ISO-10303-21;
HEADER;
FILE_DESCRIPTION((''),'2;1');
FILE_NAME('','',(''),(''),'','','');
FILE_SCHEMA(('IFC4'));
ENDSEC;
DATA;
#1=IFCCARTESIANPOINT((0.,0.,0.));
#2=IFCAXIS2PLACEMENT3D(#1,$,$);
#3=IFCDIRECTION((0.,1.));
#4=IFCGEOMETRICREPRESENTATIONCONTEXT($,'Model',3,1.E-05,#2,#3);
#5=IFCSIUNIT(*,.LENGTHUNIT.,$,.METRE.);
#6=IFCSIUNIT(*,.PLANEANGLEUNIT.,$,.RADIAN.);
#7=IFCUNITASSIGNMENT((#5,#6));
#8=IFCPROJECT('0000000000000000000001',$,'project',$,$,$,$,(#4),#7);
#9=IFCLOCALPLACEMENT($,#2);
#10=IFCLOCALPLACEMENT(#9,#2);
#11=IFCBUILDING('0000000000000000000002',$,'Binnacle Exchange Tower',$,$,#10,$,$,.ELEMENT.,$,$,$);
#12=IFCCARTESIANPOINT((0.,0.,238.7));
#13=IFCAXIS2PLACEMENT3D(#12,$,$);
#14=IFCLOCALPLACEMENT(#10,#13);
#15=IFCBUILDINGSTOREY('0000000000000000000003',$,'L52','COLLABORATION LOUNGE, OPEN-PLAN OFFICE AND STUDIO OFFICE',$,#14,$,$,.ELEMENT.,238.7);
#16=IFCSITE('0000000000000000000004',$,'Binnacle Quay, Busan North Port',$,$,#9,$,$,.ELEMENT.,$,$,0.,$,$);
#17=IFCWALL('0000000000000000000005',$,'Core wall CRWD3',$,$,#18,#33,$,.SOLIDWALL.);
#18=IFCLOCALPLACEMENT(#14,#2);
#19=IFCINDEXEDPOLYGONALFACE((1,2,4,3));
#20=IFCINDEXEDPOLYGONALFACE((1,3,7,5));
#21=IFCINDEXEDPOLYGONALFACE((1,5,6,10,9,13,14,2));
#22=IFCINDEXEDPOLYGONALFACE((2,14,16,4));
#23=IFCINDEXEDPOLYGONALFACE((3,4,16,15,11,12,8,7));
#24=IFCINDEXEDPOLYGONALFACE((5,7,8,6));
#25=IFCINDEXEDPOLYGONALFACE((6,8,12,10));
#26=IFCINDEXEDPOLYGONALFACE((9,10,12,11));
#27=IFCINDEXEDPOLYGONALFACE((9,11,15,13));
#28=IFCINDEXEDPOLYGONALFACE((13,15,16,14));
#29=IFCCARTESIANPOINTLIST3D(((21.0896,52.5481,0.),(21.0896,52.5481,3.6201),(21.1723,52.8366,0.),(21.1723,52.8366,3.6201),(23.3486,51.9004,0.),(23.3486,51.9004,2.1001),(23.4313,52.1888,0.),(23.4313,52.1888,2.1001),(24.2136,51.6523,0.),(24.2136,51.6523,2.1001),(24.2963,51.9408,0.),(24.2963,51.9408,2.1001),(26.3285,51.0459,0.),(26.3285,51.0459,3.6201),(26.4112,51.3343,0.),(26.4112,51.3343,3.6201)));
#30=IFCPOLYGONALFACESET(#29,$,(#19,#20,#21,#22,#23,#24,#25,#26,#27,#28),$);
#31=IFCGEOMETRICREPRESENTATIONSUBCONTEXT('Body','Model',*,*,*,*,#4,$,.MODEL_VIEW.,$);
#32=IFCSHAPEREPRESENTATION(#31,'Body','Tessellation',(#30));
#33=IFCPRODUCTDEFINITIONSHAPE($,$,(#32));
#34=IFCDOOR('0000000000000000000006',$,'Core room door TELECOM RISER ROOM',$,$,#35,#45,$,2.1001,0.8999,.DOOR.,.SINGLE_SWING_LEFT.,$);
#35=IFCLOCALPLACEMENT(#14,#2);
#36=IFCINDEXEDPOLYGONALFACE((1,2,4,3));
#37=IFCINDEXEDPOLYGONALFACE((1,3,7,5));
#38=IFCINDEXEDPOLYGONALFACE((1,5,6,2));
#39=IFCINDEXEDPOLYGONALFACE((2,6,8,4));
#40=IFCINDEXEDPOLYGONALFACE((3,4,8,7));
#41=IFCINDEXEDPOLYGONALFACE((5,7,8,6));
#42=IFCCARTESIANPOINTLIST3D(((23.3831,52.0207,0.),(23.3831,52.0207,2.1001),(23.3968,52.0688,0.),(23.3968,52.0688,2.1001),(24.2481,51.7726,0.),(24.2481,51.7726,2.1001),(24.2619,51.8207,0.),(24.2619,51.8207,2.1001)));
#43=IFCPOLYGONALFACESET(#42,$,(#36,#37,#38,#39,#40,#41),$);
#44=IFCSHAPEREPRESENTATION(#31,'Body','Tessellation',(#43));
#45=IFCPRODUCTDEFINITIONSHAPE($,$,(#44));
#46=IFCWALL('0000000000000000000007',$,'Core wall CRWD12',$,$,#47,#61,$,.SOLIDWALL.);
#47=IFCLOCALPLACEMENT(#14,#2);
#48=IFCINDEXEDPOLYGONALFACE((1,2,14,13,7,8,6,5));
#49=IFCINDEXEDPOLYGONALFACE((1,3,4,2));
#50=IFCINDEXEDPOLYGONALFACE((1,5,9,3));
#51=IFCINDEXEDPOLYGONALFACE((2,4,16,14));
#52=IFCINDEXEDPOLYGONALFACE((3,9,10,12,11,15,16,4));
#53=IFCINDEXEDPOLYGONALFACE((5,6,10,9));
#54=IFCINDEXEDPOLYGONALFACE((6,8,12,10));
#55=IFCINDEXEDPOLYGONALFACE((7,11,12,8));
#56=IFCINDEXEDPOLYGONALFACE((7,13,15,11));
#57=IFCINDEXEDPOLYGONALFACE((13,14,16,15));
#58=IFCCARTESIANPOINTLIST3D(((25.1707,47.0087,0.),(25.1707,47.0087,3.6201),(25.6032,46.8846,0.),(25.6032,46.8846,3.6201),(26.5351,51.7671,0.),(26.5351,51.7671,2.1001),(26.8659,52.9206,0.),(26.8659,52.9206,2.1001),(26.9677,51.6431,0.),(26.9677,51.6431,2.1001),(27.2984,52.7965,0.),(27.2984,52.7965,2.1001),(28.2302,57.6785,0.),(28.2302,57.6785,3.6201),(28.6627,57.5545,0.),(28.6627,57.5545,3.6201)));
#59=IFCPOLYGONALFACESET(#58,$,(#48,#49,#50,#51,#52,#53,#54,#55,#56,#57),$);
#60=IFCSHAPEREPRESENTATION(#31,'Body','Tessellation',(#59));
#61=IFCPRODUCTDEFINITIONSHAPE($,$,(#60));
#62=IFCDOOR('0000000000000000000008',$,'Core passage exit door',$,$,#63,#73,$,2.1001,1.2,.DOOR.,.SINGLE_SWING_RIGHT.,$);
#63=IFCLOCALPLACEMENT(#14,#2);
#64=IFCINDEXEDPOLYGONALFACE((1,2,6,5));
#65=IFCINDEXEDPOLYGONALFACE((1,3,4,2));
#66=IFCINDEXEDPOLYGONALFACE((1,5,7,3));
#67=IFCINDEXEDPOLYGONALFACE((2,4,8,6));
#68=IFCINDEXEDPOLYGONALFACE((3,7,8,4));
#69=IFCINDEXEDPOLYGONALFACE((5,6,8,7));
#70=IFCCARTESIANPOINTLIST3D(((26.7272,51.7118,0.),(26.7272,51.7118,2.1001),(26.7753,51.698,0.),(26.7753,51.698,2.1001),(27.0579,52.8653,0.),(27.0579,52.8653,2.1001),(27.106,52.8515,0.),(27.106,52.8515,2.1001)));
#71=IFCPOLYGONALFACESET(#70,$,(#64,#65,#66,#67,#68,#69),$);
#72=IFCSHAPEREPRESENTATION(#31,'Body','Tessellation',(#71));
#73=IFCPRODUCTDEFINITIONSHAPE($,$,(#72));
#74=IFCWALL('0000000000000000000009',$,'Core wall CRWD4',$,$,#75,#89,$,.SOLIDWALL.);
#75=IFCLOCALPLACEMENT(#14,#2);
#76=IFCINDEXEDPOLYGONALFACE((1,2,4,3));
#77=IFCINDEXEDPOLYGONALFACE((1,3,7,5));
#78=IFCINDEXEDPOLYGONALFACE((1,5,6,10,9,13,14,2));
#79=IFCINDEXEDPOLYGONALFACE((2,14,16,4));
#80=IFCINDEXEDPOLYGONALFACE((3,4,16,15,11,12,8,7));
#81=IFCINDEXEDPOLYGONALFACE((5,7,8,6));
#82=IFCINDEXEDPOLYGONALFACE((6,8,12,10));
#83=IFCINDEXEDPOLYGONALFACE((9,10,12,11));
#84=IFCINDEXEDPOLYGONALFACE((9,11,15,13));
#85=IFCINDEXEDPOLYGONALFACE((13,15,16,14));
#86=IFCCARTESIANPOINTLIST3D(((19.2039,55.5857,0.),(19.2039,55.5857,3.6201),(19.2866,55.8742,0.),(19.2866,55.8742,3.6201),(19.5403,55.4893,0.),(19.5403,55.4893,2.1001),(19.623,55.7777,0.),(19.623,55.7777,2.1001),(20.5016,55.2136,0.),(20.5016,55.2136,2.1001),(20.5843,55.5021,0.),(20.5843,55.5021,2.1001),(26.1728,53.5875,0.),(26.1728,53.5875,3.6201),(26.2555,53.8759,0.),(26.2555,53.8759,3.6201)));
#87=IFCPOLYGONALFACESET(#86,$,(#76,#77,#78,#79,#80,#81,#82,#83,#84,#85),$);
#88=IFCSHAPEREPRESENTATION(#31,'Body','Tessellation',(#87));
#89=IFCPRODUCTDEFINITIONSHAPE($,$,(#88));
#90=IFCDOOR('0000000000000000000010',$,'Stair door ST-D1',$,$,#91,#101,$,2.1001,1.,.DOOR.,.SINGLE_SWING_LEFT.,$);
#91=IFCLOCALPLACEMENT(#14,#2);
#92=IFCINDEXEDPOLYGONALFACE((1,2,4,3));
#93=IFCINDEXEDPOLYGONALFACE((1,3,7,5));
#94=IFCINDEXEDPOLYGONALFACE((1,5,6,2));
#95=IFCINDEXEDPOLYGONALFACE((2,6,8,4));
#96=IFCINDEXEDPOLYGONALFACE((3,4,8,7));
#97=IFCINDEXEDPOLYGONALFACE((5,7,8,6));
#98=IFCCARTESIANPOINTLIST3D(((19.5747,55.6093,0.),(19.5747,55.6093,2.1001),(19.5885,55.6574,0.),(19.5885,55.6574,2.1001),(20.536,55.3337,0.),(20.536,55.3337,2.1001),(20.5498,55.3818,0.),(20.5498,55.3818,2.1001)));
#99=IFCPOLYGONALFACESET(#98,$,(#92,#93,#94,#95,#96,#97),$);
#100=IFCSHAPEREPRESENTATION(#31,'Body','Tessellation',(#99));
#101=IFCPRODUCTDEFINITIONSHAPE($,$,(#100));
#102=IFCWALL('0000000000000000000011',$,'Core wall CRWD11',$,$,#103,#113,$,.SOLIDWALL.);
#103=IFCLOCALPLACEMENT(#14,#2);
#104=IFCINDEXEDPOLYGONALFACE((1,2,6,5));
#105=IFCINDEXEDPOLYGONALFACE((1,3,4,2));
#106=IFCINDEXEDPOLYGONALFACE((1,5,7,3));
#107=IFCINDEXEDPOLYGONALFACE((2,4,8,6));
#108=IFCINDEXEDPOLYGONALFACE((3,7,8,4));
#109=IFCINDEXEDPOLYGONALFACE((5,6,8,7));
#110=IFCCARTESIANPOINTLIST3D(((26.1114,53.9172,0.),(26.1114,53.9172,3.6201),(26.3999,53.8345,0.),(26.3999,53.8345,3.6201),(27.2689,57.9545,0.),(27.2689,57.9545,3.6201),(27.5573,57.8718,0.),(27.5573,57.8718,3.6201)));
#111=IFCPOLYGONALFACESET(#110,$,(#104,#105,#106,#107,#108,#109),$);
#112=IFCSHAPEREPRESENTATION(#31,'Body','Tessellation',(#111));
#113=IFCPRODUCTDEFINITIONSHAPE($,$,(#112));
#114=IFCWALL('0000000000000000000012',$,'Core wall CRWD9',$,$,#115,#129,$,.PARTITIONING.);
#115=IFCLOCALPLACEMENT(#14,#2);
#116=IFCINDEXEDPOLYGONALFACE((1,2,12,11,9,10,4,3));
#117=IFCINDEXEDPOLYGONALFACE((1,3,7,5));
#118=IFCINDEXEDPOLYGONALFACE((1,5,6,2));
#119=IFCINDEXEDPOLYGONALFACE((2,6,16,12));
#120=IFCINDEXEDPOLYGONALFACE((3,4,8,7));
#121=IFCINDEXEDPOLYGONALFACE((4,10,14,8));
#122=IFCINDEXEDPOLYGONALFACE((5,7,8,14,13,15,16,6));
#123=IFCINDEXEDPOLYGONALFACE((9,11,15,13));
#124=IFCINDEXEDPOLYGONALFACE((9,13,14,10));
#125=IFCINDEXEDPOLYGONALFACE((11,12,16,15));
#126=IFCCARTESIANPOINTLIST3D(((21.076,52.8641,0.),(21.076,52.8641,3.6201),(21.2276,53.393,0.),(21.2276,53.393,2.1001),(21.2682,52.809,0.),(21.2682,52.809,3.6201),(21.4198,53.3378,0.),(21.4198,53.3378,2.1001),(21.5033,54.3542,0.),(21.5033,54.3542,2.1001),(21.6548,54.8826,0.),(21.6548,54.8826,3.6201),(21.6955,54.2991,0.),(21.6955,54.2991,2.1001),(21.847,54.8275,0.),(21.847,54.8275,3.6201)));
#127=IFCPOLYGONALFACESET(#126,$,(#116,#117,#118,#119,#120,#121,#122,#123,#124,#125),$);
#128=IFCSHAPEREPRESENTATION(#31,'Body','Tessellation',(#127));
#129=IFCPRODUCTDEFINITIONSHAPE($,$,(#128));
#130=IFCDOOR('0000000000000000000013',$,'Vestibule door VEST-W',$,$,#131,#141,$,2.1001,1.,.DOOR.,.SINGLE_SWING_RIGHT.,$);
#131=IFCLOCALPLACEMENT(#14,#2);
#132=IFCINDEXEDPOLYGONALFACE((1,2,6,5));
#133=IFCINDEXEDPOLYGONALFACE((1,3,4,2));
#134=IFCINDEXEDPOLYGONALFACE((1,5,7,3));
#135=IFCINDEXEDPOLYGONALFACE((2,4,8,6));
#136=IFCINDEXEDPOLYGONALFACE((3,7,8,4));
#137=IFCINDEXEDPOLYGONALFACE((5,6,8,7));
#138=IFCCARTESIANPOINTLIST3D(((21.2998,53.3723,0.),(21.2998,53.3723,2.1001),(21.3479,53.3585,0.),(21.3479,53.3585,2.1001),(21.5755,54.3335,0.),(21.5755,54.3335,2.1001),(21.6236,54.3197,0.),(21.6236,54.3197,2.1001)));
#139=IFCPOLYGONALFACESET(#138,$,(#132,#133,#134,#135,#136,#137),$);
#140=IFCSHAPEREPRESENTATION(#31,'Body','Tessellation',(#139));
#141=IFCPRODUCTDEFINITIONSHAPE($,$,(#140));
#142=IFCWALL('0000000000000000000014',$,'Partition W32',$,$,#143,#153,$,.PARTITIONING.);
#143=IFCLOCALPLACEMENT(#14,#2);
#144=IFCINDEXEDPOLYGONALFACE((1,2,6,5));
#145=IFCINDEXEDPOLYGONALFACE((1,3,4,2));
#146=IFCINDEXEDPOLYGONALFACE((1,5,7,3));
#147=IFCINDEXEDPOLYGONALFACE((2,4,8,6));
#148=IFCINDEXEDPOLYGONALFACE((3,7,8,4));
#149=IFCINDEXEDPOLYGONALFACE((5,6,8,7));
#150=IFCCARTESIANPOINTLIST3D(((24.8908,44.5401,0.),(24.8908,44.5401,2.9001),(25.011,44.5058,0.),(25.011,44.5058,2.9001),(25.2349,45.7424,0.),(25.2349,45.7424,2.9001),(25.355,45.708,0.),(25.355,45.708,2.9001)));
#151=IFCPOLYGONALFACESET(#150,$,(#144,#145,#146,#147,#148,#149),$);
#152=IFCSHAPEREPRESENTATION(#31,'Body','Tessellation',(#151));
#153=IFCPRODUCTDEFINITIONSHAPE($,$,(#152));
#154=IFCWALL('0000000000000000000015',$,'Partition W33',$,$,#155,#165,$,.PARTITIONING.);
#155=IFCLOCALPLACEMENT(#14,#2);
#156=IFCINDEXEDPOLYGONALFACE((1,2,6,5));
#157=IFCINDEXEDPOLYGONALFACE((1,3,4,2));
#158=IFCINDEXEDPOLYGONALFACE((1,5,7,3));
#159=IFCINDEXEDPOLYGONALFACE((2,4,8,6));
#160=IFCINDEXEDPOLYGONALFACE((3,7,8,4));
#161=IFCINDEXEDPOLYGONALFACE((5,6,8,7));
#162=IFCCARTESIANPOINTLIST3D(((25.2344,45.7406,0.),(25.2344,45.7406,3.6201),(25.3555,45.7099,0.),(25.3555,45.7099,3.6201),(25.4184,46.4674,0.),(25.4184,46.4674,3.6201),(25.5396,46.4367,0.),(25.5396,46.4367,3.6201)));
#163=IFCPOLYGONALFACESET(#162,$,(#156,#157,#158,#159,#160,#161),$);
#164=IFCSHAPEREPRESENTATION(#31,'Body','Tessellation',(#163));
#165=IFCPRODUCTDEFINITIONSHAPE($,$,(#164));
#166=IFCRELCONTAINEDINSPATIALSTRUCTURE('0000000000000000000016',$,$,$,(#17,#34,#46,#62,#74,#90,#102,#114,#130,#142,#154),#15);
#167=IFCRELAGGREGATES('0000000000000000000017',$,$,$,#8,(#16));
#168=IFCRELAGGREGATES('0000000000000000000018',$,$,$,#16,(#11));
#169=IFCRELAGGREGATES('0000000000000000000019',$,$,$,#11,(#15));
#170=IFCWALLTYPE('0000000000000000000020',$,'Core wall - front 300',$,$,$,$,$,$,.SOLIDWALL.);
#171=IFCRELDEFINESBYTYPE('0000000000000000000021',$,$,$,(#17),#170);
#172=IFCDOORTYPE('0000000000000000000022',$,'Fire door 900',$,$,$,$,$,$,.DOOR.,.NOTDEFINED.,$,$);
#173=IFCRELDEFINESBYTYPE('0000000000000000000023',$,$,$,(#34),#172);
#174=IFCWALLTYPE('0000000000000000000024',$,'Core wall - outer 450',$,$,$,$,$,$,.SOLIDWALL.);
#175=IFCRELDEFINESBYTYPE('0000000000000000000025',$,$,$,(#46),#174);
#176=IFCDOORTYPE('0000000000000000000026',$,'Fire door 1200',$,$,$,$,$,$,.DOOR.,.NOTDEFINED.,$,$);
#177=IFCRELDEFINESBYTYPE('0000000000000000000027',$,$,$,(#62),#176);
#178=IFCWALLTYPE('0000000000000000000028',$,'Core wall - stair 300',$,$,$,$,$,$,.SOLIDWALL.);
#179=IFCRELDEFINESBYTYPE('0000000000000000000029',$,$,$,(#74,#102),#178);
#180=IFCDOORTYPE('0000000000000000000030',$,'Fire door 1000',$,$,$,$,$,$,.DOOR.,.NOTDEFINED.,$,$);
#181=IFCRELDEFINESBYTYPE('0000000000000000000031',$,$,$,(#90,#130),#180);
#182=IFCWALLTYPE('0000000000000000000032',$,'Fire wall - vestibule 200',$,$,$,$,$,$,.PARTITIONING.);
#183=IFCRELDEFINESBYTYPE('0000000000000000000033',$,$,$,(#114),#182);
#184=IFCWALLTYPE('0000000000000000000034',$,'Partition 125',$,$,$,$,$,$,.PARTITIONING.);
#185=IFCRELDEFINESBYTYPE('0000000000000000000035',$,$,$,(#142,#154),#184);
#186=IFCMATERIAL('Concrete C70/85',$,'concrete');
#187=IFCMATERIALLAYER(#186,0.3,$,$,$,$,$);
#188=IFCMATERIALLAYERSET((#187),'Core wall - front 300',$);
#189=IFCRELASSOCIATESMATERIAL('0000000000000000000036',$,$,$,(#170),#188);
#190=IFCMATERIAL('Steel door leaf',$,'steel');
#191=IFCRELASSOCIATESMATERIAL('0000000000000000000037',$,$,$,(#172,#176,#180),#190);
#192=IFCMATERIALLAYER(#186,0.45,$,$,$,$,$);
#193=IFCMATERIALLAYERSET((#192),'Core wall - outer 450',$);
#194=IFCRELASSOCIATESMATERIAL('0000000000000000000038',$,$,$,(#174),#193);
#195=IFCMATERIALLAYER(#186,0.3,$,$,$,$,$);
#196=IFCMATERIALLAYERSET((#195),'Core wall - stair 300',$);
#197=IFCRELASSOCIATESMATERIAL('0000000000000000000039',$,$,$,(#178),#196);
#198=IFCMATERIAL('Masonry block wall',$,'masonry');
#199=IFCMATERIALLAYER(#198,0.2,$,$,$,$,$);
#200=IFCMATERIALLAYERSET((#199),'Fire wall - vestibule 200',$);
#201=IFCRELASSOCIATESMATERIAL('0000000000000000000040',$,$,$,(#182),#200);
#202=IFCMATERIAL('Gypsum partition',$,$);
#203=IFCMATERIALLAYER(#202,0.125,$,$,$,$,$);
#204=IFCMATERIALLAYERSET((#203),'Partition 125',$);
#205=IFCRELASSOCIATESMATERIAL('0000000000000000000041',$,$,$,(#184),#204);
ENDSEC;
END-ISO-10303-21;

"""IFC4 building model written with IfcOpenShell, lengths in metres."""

from ifc_helpers import new_model, si_unit, direction, frame, frame_2d, origin, place, context, subcontext, project, spatial, rectangle, extrude, material, layer, layer_set, type_object, element, fill, save


model = new_model("IFC4")

# Units and contexts
model_context = context("Model", 3, precision=1e-05, world=origin(), true_north=direction((0.0, 1.0)))
body_context = subcontext(model_context, "Body", "Model", "MODEL_VIEW")
ifc_project = project(units=[si_unit("LENGTHUNIT", "METRE"), si_unit("PLANEANGLEUNIT", "RADIAN")], contexts=[model_context])

# Site, building, storey
site_placement = place(None, origin())
site = spatial("IfcSite", under=ifc_project, at=site_placement, Name="Binnacle Quay, Busan North Port", CompositionType="ELEMENT", RefElevation=0.0)
building_placement = place(site_placement, origin())
building = spatial("IfcBuilding", under=site, at=building_placement, Name="Binnacle Exchange Tower", CompositionType="ELEMENT")
storey_placement = place(building_placement, frame((0.0, 0.0, 238.7)))
storey = spatial("IfcBuildingStorey", under=building, at=storey_placement, Name="L52", Description="COLLABORATION LOUNGE, OPEN-PLAN OFFICE AND STUDIO OFFICE", CompositionType="ELEMENT", Elevation=238.7)

# Walls, openings, doors
ifc_material_1 = material(Name="Concrete C70/85", Category="concrete")
ifc_layer_1 = layer(ifc_material_1, 0.3)
ifc_layer_set_1 = layer_set([ifc_layer_1], Name="Core wall - front 300")
wall_type_1 = type_object("IfcWallType", Name="Core wall - front 300", PredefinedType="SOLIDWALL", material=ifc_layer_set_1)
wall_1_placement = place(storey_placement, frame((21.1309, 52.6924, 0.0), z_axis=(0.0, 0.0, 1.0), x_axis=(0.961261, -0.275638, 0.0)))
wall_1 = element("IfcWall", 1, at=wall_1_placement, inside=storey, type_object=wall_type_1, Name="Core wall CRWD3", PredefinedType="SOLIDWALL", context=body_context, shape_type="SweptSolid", body=[
    extrude(rectangle(XDim=5.45, YDim=0.3, at=frame_2d((2.7251, 0.0))), origin(), (0.0, 0.0, 1.0), 3.6201),
])
opening_1_placement = place(wall_1_placement, frame((2.3501, 0.0, 0.0)))
opening_1 = element("IfcOpeningElement", 2, at=opening_1_placement, cuts=wall_1, PredefinedType="OPENING", context=body_context, shape_type="SweptSolid", body=[
    extrude(rectangle(XDim=0.8999, YDim=2.1001, at=frame_2d((0.45, 1.05))), frame((0.0, 0.1599, 0.0), z_axis=(0.0, -1.0, 0.0), x_axis=(1.0, 0.0, 0.0)), (0.0, 0.0, 1.0), 0.3201),
])
ifc_material_2 = material(Name="Steel door leaf", Category="steel")
door_type_1 = type_object("IfcDoorType", Name="Fire door 900", OperationType="NOTDEFINED", PredefinedType="DOOR", material=ifc_material_2)
door_1_placement = place(opening_1_placement, frame((0.8999, 0.0, 0.0), z_axis=(0.0, 0.0, 1.0), x_axis=(-1.0, 0.0, 0.0)))
door_1 = element("IfcDoor", 3, at=door_1_placement, inside=storey, type_object=door_type_1, Name="Core room door TELECOM RISER ROOM", OperationType="SINGLE_SWING_LEFT", OverallHeight=2.1001, OverallWidth=0.8999, PredefinedType="DOOR", context=body_context, shape_type="SweptSolid", body=[
    extrude(rectangle(XDim=0.8999, YDim=2.1001, at=frame_2d((0.45, 1.05))), frame((0.0, 0.0249, 0.0), z_axis=(0.0, -1.0, 0.0), x_axis=(1.0, 0.0, 0.0)), (0.0, 0.0, 1.0), 0.05),
])
fill(opening_1, door_1)
ifc_layer_2 = layer(ifc_material_1, 0.45)
ifc_layer_set_2 = layer_set([ifc_layer_2], Name="Core wall - outer 450")
wall_type_2 = type_object("IfcWallType", Name="Core wall - outer 450", PredefinedType="SOLIDWALL", material=ifc_layer_set_2)
wall_2_placement = place(storey_placement, frame((25.387, 46.9468, 0.0), z_axis=(0.0, 0.0, 1.0), x_axis=(0.275639, 0.961261, 0.0)))
wall_2 = element("IfcWall", 4, at=wall_2_placement, inside=storey, type_object=wall_type_2, Name="Core wall CRWD12", PredefinedType="SOLIDWALL", context=body_context, shape_type="SweptSolid", body=[
    extrude(rectangle(XDim=11.0999, YDim=0.45, at=frame_2d((5.5498, 0.0))), origin(), (0.0, 0.0, 1.0), 3.6201),
])
opening_2_placement = place(wall_2_placement, frame((4.95, 0.0, 0.0)))
opening_2 = element("IfcOpeningElement", 5, at=opening_2_placement, cuts=wall_2, PredefinedType="OPENING", context=body_context, shape_type="SweptSolid", body=[
    extrude(rectangle(XDim=1.2, YDim=2.1001, at=frame_2d((0.6001, 1.05))), frame((0.0, 0.2349, 0.0), z_axis=(0.0, -1.0, 0.0), x_axis=(1.0, 0.0, 0.0)), (0.0, 0.0, 1.0), 0.47),
])
door_type_2 = type_object("IfcDoorType", Name="Fire door 1200", OperationType="NOTDEFINED", PredefinedType="DOOR", material=ifc_material_2)
door_2_placement = place(opening_2_placement, frame((1.2, 0.0, 0.0), z_axis=(0.0, 0.0, 1.0), x_axis=(-1.0, 0.0, 0.0)))
door_2 = element("IfcDoor", 6, at=door_2_placement, inside=storey, type_object=door_type_2, Name="Core passage exit door", OperationType="SINGLE_SWING_RIGHT", OverallHeight=2.1001, OverallWidth=1.2, PredefinedType="DOOR", context=body_context, shape_type="SweptSolid", body=[
    extrude(rectangle(XDim=1.2, YDim=2.1001, at=frame_2d((0.6001, 1.05))), frame((0.0, 0.0249, 0.0), z_axis=(0.0, -1.0, 0.0), x_axis=(1.0, 0.0, 0.0)), (0.0, 0.0, 1.0), 0.05),
])
fill(opening_2, door_2)
ifc_layer_3 = layer(ifc_material_1, 0.3)
ifc_layer_set_3 = layer_set([ifc_layer_3], Name="Core wall - stair 300")
wall_type_3 = type_object("IfcWallType", Name="Core wall - stair 300", PredefinedType="SOLIDWALL", material=ifc_layer_set_3)
wall_3_placement = place(storey_placement, frame((19.2451, 55.73, 0.0), z_axis=(0.0, 0.0, 1.0), x_axis=(0.961263, -0.275633, 0.0)))
wall_3 = element("IfcWall", 7, at=wall_3_placement, inside=storey, type_object=wall_type_3, Name="Core wall CRWD4", PredefinedType="SOLIDWALL", context=body_context, shape_type="SweptSolid", body=[
    extrude(rectangle(XDim=7.2498, YDim=0.3, at=frame_2d((3.625, 0.0))), origin(), (0.0, 0.0, 1.0), 3.6201),
])
opening_3_placement = place(wall_3_placement, frame((0.3501, 0.0, 0.0)))
opening_3 = element("IfcOpeningElement", 8, at=opening_3_placement, cuts=wall_3, PredefinedType="OPENING", context=body_context, shape_type="SweptSolid", body=[
    extrude(rectangle(XDim=1.0, YDim=2.1001, at=frame_2d((0.5, 1.05))), frame((0.0, 0.1599, 0.0), z_axis=(0.0, -1.0, 0.0), x_axis=(1.0, 0.0, 0.0)), (0.0, 0.0, 1.0), 0.3201),
])
door_type_3 = type_object("IfcDoorType", Name="Fire door 1000", OperationType="NOTDEFINED", PredefinedType="DOOR", material=ifc_material_2)
door_3_placement = place(opening_3_placement, origin())
door_3 = element("IfcDoor", 9, at=door_3_placement, inside=storey, type_object=door_type_3, Name="Stair door ST-D1", OperationType="SINGLE_SWING_LEFT", OverallHeight=2.1001, OverallWidth=1.0, PredefinedType="DOOR", context=body_context, shape_type="SweptSolid", body=[
    extrude(rectangle(XDim=1.0, YDim=2.1001, at=frame_2d((0.5, 1.05))), frame((0.0, 0.0249, 0.0), z_axis=(0.0, -1.0, 0.0), x_axis=(1.0, 0.0, 0.0)), (0.0, 0.0, 1.0), 0.05),
])
fill(opening_3, door_3)

# Wall
wall_4_placement = place(storey_placement, frame((26.2556, 53.8757, 0.0), z_axis=(0.0, 0.0, 1.0), x_axis=(0.275589, 0.961276, 0.0)))
element("IfcWall", 10, at=wall_4_placement, inside=storey, type_object=wall_type_3, Name="Core wall CRWD11", PredefinedType="SOLIDWALL", context=body_context, shape_type="SweptSolid", body=[
    extrude(rectangle(XDim=4.2, YDim=0.3, at=frame_2d((2.1001, 0.0))), origin(), (0.0, 0.0, 1.0), 3.6201),
])

# Wall, opening, door
ifc_material_3 = material(Name="Masonry block wall", Category="masonry")
ifc_layer_4 = layer(ifc_material_3, 0.2)
ifc_layer_set_4 = layer_set([ifc_layer_4], Name="Fire wall - vestibule 200")
wall_type_4 = type_object("IfcWallType", Name="Fire wall - vestibule 200", PredefinedType="PARTITIONING", material=ifc_layer_set_4)
wall_5_placement = place(storey_placement, frame((21.1721, 52.8367, 0.0), z_axis=(0.0, 0.0, 1.0), x_axis=(0.275658, 0.961256, 0.0)))
wall_5 = element("IfcWall", 11, at=wall_5_placement, inside=storey, type_object=wall_type_4, Name="Core wall CRWD9", PredefinedType="PARTITIONING", context=body_context, shape_type="SweptSolid", body=[
    extrude(rectangle(XDim=2.0999, YDim=0.2, at=frame_2d((1.0498, 0.0))), origin(), (0.0, 0.0, 1.0), 3.6201),
])
opening_4_placement = place(wall_5_placement, frame((0.55, 0.0, 0.0)))
opening_4 = element("IfcOpeningElement", 12, at=opening_4_placement, cuts=wall_5, PredefinedType="OPENING", context=body_context, shape_type="SweptSolid", body=[
    extrude(rectangle(XDim=1.0, YDim=2.1001, at=frame_2d((0.5, 1.05))), frame((0.0, 0.1099, 0.0), z_axis=(0.0, -1.0, 0.0), x_axis=(1.0, 0.0, 0.0)), (0.0, 0.0, 1.0), 0.22),
])
door_4_placement = place(opening_4_placement, origin())
door_4 = element("IfcDoor", 13, at=door_4_placement, inside=storey, type_object=door_type_3, Name="Vestibule door VEST-W", OperationType="SINGLE_SWING_RIGHT", OverallHeight=2.1001, OverallWidth=1.0, PredefinedType="DOOR", context=body_context, shape_type="SweptSolid", body=[
    extrude(rectangle(XDim=1.0, YDim=2.1001, at=frame_2d((0.5, 1.05))), frame((0.0, 0.0249, 0.0), z_axis=(0.0, -1.0, 0.0), x_axis=(1.0, 0.0, 0.0)), (0.0, 0.0, 1.0), 0.05),
])
fill(opening_4, door_4)

# Walls
ifc_material_4 = material(Name="Gypsum partition")
ifc_layer_5 = layer(ifc_material_4, 0.125)
ifc_layer_set_5 = layer_set([ifc_layer_5], Name="Partition 125")
wall_type_5 = type_object("IfcWallType", Name="Partition 125", PredefinedType="PARTITIONING", material=ifc_layer_set_5)
wall_6_placement = place(storey_placement, frame((24.9509, 44.5229, 0.0), z_axis=(0.0, 0.0, 1.0), x_axis=(0.275108, 0.961413, 0.0)))
element("IfcWall", 14, at=wall_6_placement, inside=storey, type_object=wall_type_5, Name="Partition W32", PredefinedType="PARTITIONING", context=body_context, shape_type="SweptSolid", body=[
    extrude(rectangle(XDim=1.2505, YDim=0.125, at=frame_2d((0.6252, 0.0))), origin(), (0.0, 0.0, 1.0), 2.9001),
])
wall_7_placement = place(storey_placement, frame((25.2949, 45.7251, 0.0), z_axis=(0.0, 0.0, 1.0), x_axis=(0.245523, 0.969391, 0.0)))
element("IfcWall", 15, at=wall_7_placement, inside=storey, type_object=wall_type_5, Name="Partition W33", PredefinedType="PARTITIONING", context=body_context, shape_type="SweptSolid", body=[
    extrude(rectangle(XDim=0.7498, YDim=0.125, at=frame_2d((0.375, 0.0))), origin(), (0.0, 0.0, 1.0), 3.6201),
])

save(model, "model.ifc")
